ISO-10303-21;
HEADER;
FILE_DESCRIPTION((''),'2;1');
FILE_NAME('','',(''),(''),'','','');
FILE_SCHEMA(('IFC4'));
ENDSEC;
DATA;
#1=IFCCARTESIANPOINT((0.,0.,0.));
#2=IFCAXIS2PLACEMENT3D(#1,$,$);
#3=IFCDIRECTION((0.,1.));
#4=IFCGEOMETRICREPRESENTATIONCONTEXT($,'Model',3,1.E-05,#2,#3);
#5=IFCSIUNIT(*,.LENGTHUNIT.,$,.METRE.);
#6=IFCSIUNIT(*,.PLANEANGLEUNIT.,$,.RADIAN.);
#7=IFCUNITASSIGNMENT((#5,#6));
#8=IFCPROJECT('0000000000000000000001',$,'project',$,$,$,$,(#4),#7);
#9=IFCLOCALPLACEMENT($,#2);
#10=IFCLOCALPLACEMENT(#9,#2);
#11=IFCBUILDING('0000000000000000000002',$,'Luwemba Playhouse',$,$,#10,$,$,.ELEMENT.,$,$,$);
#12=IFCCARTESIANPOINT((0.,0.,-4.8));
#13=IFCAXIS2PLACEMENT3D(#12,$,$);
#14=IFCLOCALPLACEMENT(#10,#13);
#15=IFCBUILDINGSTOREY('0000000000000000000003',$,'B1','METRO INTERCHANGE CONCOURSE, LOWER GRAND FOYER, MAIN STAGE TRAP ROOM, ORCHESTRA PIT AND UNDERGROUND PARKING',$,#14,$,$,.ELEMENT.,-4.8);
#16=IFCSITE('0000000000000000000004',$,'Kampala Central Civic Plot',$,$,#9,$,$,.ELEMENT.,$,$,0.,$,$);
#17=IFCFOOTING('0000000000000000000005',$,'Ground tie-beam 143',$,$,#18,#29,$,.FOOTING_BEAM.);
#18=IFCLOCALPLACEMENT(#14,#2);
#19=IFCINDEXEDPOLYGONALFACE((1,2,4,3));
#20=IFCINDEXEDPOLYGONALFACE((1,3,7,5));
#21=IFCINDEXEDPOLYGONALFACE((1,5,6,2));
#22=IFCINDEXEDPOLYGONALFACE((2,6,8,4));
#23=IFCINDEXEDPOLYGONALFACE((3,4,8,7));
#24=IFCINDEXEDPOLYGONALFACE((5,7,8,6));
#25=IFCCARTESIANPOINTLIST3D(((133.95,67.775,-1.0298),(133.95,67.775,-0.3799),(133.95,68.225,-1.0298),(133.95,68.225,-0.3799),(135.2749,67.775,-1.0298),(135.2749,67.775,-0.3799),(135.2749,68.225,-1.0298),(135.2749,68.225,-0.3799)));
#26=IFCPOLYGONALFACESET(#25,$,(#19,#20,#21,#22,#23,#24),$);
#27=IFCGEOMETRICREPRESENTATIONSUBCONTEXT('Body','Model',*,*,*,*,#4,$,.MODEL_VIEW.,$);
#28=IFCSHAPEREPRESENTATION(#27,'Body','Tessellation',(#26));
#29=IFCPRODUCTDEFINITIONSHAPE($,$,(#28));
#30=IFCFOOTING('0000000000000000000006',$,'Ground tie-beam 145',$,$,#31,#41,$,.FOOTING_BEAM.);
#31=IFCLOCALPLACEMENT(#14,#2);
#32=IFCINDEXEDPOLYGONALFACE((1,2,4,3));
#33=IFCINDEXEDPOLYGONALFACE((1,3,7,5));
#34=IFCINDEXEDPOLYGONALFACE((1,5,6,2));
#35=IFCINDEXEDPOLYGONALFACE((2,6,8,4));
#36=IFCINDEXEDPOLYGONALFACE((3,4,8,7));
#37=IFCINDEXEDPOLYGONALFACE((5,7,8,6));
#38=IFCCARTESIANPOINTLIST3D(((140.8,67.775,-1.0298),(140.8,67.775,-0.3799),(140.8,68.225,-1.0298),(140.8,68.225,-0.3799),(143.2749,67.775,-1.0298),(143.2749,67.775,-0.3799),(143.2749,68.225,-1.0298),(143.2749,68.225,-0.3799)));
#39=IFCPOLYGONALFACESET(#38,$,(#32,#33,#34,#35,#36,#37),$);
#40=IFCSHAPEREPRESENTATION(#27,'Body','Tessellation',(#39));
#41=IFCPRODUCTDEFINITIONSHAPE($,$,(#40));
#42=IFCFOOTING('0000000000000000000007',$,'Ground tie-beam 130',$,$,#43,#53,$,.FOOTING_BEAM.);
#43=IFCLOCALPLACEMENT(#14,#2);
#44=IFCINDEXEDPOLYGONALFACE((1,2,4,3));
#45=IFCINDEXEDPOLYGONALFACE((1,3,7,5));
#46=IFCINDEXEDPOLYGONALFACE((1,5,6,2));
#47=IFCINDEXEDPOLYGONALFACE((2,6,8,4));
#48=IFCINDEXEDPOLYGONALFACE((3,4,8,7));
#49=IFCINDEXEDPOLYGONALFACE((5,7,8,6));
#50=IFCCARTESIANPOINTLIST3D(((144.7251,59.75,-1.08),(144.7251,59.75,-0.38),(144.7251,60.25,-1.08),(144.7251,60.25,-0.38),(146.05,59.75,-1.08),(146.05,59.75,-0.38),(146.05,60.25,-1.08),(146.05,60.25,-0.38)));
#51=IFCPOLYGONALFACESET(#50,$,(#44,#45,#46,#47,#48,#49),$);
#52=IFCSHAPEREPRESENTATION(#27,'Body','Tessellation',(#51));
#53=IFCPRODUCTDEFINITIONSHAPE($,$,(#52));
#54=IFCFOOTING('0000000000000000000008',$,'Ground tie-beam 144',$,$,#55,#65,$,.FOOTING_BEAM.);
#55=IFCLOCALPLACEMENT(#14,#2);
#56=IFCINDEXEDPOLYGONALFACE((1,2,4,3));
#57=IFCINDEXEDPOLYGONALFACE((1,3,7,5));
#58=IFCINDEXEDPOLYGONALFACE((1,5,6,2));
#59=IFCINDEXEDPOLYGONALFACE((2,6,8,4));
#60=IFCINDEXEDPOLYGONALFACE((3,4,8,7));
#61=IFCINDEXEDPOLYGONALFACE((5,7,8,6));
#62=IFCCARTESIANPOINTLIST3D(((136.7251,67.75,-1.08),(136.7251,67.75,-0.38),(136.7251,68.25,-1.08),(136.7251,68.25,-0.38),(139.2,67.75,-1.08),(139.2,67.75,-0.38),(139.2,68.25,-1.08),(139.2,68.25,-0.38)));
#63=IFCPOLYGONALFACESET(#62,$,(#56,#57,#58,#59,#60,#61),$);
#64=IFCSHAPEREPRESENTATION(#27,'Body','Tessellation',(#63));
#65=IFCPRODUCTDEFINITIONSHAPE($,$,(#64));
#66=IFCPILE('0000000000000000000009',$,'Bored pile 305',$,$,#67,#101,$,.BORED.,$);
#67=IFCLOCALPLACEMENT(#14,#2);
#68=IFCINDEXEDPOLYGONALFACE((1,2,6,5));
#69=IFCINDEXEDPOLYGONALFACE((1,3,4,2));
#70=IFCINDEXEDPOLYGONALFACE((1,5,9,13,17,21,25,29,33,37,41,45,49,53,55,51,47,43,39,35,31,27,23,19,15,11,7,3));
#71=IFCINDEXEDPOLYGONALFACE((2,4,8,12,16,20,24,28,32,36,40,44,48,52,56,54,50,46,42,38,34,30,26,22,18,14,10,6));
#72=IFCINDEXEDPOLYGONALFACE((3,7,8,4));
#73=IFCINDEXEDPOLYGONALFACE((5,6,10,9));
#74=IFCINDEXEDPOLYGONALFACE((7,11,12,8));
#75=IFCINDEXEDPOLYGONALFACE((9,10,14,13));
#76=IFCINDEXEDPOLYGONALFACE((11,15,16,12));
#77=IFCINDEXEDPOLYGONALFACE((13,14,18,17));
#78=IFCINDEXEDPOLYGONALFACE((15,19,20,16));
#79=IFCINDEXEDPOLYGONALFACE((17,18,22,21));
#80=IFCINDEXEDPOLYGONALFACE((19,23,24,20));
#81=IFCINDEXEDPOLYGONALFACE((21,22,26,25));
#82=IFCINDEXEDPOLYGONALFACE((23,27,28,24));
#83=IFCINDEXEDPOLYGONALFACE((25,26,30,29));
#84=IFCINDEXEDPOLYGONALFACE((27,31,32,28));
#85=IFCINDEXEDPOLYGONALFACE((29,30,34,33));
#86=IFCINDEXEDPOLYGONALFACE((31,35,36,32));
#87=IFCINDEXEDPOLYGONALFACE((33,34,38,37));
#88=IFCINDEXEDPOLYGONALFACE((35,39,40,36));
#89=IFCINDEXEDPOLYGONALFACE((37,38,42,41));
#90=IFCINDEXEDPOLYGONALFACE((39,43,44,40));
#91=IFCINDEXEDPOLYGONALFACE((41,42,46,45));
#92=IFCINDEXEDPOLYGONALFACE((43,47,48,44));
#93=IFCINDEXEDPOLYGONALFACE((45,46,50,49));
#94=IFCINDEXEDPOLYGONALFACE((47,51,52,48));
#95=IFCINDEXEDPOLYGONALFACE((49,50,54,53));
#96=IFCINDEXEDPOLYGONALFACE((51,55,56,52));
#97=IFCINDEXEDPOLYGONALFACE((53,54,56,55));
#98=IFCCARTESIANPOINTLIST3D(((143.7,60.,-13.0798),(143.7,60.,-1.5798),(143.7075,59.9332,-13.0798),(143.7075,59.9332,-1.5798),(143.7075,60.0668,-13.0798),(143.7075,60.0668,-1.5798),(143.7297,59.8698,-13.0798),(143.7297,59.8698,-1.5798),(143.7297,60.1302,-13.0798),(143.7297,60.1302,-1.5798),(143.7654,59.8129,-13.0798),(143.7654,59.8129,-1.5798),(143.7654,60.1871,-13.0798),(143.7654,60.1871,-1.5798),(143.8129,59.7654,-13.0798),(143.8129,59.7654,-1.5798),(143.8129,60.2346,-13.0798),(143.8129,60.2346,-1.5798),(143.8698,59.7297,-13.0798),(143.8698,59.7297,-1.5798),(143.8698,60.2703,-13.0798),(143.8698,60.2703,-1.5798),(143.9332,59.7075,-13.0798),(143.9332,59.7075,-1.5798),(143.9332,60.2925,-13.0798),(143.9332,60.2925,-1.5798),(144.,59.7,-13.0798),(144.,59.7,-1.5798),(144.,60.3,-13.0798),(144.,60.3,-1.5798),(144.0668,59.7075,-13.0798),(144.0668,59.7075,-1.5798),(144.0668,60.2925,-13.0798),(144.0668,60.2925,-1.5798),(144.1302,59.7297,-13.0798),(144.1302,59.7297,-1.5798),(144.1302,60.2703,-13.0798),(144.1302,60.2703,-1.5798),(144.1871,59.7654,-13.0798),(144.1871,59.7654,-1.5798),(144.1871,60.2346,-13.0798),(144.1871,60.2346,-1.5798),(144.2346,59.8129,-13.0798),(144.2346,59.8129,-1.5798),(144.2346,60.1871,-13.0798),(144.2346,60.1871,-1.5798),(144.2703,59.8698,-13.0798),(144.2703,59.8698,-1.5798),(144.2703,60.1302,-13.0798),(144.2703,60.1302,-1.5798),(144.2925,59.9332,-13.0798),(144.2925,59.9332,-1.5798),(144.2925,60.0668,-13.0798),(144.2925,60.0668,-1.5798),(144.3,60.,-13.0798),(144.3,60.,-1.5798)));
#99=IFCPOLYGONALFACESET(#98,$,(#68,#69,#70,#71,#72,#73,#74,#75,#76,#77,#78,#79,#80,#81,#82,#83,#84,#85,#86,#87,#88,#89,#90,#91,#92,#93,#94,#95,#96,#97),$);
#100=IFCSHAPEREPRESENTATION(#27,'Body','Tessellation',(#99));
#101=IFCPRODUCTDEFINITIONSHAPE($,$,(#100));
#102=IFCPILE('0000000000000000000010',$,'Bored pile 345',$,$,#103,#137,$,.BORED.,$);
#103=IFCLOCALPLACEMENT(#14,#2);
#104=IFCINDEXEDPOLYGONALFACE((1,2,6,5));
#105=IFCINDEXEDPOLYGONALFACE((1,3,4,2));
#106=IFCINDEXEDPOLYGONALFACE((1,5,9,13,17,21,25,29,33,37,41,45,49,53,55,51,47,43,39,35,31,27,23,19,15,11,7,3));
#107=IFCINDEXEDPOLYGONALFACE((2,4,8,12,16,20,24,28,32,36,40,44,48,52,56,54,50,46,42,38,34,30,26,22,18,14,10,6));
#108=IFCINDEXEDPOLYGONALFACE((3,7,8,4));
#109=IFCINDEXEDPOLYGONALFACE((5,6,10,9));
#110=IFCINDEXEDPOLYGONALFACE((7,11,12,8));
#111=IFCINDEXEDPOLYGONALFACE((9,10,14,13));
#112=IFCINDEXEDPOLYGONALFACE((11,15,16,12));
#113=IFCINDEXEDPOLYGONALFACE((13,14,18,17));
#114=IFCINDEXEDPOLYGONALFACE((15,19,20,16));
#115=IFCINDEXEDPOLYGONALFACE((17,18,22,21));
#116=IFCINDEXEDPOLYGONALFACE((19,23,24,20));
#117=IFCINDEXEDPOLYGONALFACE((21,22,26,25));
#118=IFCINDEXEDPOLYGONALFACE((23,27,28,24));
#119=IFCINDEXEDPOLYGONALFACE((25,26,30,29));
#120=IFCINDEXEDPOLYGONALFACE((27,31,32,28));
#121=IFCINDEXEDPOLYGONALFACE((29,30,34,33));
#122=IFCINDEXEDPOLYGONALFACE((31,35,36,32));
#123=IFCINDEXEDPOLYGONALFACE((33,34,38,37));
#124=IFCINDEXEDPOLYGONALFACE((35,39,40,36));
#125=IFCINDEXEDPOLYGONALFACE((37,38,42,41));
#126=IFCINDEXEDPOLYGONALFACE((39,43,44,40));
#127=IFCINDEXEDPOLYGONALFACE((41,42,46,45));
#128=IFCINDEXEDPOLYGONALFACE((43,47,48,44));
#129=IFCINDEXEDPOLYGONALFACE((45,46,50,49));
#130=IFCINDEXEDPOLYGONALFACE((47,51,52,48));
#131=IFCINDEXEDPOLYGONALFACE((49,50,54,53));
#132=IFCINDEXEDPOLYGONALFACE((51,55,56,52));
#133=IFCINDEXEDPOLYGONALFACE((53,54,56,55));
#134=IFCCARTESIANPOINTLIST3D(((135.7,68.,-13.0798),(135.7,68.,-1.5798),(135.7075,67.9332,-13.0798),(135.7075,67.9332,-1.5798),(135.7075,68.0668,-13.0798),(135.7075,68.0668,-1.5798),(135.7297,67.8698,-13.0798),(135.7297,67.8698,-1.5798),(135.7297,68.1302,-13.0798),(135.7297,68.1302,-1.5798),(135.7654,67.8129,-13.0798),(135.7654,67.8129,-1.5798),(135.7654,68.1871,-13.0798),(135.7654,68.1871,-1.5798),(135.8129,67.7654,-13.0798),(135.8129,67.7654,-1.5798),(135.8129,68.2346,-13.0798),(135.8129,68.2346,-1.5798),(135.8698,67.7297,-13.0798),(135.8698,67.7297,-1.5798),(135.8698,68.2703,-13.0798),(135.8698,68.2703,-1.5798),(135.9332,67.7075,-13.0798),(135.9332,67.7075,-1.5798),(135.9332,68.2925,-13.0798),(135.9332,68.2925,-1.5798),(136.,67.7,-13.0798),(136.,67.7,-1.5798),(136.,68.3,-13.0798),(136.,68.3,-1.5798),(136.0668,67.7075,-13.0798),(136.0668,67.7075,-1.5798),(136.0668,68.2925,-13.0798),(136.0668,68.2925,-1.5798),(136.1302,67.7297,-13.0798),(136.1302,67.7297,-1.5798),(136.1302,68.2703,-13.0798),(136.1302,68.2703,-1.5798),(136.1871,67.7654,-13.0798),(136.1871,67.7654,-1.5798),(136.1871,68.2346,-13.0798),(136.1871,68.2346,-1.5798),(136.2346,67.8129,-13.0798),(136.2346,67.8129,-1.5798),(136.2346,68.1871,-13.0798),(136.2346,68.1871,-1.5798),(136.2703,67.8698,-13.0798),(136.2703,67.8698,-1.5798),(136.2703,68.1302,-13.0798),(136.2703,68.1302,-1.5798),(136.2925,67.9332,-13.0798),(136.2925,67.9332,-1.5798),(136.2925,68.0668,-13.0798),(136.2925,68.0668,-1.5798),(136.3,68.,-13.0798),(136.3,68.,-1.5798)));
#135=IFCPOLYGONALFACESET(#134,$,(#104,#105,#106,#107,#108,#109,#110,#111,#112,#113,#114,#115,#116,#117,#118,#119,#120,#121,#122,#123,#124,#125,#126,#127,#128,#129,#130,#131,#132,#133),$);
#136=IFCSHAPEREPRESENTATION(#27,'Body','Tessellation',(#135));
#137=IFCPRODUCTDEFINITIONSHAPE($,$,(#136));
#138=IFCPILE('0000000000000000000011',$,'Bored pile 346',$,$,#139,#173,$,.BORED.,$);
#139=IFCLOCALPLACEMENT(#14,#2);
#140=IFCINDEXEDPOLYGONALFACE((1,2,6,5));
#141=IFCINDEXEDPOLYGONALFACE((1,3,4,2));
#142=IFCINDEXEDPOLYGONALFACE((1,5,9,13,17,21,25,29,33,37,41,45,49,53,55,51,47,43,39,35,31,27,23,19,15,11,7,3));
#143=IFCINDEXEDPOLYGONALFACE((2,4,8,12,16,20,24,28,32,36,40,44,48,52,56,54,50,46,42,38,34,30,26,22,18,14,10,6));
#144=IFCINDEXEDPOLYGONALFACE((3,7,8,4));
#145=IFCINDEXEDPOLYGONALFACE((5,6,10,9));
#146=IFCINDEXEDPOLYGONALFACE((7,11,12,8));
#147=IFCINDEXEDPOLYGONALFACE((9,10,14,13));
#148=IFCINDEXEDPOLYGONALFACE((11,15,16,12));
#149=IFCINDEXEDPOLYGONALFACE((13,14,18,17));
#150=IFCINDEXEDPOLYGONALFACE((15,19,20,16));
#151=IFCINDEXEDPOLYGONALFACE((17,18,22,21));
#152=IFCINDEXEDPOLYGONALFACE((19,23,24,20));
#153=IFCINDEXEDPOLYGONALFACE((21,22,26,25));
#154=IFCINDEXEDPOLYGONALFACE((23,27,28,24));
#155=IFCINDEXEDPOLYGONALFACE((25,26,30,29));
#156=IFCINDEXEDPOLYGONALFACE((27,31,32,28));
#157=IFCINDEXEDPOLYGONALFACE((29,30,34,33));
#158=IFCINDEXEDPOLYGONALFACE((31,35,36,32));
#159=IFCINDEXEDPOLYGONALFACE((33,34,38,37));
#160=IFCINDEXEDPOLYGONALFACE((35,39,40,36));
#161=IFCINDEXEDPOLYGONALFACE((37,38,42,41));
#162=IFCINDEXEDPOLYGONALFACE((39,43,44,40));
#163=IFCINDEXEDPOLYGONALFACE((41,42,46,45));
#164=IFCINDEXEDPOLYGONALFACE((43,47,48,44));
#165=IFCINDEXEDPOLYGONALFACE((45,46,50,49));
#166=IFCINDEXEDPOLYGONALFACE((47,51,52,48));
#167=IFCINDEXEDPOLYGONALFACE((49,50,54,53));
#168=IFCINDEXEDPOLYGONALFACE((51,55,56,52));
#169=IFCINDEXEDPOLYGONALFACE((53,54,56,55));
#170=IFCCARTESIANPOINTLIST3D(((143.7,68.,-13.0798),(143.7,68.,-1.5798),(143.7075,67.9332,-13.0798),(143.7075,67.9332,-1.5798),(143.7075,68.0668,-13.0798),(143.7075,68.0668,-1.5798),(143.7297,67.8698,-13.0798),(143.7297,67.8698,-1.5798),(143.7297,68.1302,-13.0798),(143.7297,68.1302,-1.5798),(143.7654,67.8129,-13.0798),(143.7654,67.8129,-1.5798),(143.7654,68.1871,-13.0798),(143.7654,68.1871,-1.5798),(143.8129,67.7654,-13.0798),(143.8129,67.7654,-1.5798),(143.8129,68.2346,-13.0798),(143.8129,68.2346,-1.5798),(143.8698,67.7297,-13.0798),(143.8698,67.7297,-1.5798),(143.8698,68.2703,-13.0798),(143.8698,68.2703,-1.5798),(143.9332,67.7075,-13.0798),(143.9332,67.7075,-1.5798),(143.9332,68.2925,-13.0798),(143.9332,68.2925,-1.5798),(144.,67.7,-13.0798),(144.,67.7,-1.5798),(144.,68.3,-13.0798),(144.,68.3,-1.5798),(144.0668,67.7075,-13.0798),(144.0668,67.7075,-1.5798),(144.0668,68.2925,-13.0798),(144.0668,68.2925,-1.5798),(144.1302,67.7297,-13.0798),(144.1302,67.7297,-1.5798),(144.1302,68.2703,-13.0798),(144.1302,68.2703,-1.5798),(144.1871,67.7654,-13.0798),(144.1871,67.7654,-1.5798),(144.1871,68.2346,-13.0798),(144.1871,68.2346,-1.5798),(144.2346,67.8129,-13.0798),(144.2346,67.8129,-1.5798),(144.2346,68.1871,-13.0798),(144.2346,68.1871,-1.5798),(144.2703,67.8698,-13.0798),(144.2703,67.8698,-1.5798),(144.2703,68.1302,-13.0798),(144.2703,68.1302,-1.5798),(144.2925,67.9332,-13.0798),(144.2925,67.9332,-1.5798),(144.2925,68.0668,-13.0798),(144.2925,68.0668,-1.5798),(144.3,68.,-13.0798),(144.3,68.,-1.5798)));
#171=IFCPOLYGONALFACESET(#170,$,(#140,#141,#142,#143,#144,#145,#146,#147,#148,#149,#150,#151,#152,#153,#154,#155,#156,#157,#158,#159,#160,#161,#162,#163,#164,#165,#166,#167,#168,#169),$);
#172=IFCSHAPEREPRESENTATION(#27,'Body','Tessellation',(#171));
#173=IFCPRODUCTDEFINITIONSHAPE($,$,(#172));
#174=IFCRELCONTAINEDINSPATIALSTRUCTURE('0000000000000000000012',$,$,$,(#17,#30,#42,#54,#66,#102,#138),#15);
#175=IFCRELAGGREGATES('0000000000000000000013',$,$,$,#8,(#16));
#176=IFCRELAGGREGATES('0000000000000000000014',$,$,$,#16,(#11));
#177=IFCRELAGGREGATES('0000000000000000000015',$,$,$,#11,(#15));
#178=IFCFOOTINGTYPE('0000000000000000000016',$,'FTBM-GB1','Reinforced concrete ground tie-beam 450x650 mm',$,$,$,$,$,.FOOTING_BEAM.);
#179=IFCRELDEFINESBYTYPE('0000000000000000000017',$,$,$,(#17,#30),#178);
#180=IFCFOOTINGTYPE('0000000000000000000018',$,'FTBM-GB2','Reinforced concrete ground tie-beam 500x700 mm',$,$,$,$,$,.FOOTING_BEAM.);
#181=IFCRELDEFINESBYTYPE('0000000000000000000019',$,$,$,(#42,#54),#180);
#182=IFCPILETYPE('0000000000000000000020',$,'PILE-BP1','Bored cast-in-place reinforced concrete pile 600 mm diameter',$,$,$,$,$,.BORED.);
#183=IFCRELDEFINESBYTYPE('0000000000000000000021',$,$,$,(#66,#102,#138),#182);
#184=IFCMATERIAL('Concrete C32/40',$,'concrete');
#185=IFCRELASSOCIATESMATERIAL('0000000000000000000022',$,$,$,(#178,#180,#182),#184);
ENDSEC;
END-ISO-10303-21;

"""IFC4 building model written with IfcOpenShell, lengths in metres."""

from ifc_helpers import new_model, si_unit, direction, frame, origin, origin_2d, place, context, subcontext, project, spatial, rectangle, circle, extrude, material, material_profile, profile_set, type_object, element, save


model = new_model("IFC4")

# Units and contexts
model_context = context("Model", 3, precision=1e-05, world=origin(), true_north=direction((0.0, 1.0)))
body_context = subcontext(model_context, "Body", "Model", "MODEL_VIEW")
ifc_project = project(units=[si_unit("LENGTHUNIT", "METRE"), si_unit("PLANEANGLEUNIT", "RADIAN")], contexts=[model_context])

# Site, building, storey
site_placement = place(None, origin())
site = spatial("IfcSite", under=ifc_project, at=site_placement, Name="Kampala Central Civic Plot", CompositionType="ELEMENT", RefElevation=0.0)
building_placement = place(site_placement, origin())
building = spatial("IfcBuilding", under=site, at=building_placement, Name="Luwemba Playhouse", CompositionType="ELEMENT")
storey_placement = place(building_placement, frame((0.0, 0.0, -4.8)))
storey = spatial("IfcBuildingStorey", under=building, at=storey_placement, Name="B1", Description="METRO INTERCHANGE CONCOURSE, LOWER GRAND FOYER, MAIN STAGE TRAP ROOM, ORCHESTRA PIT AND UNDERGROUND PARKING", CompositionType="ELEMENT", Elevation=-4.8)

# Footings
ifc_material_1 = material(Name="Concrete C32/40", Category="concrete")
ifc_material_profile_1 = material_profile(ifc_material_1, rectangle(XDim=0.45, YDim=0.6499, at=origin_2d()))
ifc_profile_set_1 = profile_set([ifc_material_profile_1], Name="Concrete C32/40")
footing_type_1 = type_object("IfcFootingType", Name="FTBM-GB1", Description="Reinforced concrete ground tie-beam 450x650 mm", PredefinedType="FOOTING_BEAM", material=ifc_profile_set_1)
footing_1_placement = place(storey_placement, frame((133.95, 68.0, -0.7048), z_axis=(1.0, 0.0, 0.0), x_axis=(0.0, 1.0, 0.0)))
element("IfcFooting", 1, at=footing_1_placement, inside=storey, type_object=footing_type_1, Name="Ground tie-beam 143", PredefinedType="FOOTING_BEAM", context=body_context, shape_type="SweptSolid", body=[
    extrude(rectangle(XDim=0.45, YDim=0.6499, at=origin_2d()), origin(), (0.0, 0.0, 1.0), 1.325),
])
footing_2_placement = place(storey_placement, frame((140.8, 68.0, -0.7048), z_axis=(1.0, 0.0, 0.0), x_axis=(0.0, 1.0, 0.0)))
element("IfcFooting", 2, at=footing_2_placement, inside=storey, type_object=footing_type_1, Name="Ground tie-beam 145", PredefinedType="FOOTING_BEAM", context=body_context, shape_type="SweptSolid", body=[
    extrude(rectangle(XDim=0.45, YDim=0.6499, at=origin_2d()), origin(), (0.0, 0.0, 1.0), 2.4749),
])
ifc_material_profile_2 = material_profile(ifc_material_1, rectangle(XDim=0.5, YDim=0.7, at=origin_2d()))
ifc_profile_set_2 = profile_set([ifc_material_profile_2], Name="Concrete C32/40")
footing_type_2 = type_object("IfcFootingType", Name="FTBM-GB2", Description="Reinforced concrete ground tie-beam 500x700 mm", PredefinedType="FOOTING_BEAM", material=ifc_profile_set_2)
footing_3_placement = place(storey_placement, frame((144.7251, 60.0, -0.73), z_axis=(1.0, 0.0, 0.0), x_axis=(0.0, 1.0, 0.0)))
element("IfcFooting", 3, at=footing_3_placement, inside=storey, type_object=footing_type_2, Name="Ground tie-beam 130", PredefinedType="FOOTING_BEAM", context=body_context, shape_type="SweptSolid", body=[
    extrude(rectangle(XDim=0.5, YDim=0.7, at=origin_2d()), origin(), (0.0, 0.0, 1.0), 1.325),
])
footing_4_placement = place(storey_placement, frame((136.7251, 68.0, -0.73), z_axis=(1.0, 0.0, 0.0), x_axis=(0.0, 1.0, 0.0)))
element("IfcFooting", 4, at=footing_4_placement, inside=storey, type_object=footing_type_2, Name="Ground tie-beam 144", PredefinedType="FOOTING_BEAM", context=body_context, shape_type="SweptSolid", body=[
    extrude(rectangle(XDim=0.5, YDim=0.7, at=origin_2d()), origin(), (0.0, 0.0, 1.0), 2.4749),
])

# Piles
ifc_material_profile_3 = material_profile(ifc_material_1, circle(Radius=0.3, at=origin_2d()))
ifc_profile_set_3 = profile_set([ifc_material_profile_3], Name="Concrete C32/40")
pile_type_1 = type_object("IfcPileType", Name="PILE-BP1", Description="Bored cast-in-place reinforced concrete pile 600 mm diameter", PredefinedType="BORED", material=ifc_profile_set_3)
for number, where, z_axis, x_axis, name in (
    (5, (144.0, 60.0, -1.5798), (0.0, 0.0, -1.0), (1.0, 0.0, 0.0), "Bored pile 305"),
    (6, (136.0, 68.0, -1.5798), (0.0, 0.0, -1.0), (1.0, 0.0, 0.0), "Bored pile 345"),
    (7, (144.0, 68.0, -1.5798), (0.0, 0.0, -1.0), (1.0, 0.0, 0.0), "Bored pile 346"),
):
    element("IfcPile", number, at=place(storey_placement, frame(where, z_axis=z_axis, x_axis=x_axis)), inside=storey, type_object=pile_type_1, Name=name, PredefinedType="BORED", context=body_context, shape_type="SweptSolid", body=[
        extrude(circle(Radius=0.3, at=origin_2d()), origin(), (0.0, 0.0, 1.0), 11.5),
    ])

save(model, "model.ifc")
